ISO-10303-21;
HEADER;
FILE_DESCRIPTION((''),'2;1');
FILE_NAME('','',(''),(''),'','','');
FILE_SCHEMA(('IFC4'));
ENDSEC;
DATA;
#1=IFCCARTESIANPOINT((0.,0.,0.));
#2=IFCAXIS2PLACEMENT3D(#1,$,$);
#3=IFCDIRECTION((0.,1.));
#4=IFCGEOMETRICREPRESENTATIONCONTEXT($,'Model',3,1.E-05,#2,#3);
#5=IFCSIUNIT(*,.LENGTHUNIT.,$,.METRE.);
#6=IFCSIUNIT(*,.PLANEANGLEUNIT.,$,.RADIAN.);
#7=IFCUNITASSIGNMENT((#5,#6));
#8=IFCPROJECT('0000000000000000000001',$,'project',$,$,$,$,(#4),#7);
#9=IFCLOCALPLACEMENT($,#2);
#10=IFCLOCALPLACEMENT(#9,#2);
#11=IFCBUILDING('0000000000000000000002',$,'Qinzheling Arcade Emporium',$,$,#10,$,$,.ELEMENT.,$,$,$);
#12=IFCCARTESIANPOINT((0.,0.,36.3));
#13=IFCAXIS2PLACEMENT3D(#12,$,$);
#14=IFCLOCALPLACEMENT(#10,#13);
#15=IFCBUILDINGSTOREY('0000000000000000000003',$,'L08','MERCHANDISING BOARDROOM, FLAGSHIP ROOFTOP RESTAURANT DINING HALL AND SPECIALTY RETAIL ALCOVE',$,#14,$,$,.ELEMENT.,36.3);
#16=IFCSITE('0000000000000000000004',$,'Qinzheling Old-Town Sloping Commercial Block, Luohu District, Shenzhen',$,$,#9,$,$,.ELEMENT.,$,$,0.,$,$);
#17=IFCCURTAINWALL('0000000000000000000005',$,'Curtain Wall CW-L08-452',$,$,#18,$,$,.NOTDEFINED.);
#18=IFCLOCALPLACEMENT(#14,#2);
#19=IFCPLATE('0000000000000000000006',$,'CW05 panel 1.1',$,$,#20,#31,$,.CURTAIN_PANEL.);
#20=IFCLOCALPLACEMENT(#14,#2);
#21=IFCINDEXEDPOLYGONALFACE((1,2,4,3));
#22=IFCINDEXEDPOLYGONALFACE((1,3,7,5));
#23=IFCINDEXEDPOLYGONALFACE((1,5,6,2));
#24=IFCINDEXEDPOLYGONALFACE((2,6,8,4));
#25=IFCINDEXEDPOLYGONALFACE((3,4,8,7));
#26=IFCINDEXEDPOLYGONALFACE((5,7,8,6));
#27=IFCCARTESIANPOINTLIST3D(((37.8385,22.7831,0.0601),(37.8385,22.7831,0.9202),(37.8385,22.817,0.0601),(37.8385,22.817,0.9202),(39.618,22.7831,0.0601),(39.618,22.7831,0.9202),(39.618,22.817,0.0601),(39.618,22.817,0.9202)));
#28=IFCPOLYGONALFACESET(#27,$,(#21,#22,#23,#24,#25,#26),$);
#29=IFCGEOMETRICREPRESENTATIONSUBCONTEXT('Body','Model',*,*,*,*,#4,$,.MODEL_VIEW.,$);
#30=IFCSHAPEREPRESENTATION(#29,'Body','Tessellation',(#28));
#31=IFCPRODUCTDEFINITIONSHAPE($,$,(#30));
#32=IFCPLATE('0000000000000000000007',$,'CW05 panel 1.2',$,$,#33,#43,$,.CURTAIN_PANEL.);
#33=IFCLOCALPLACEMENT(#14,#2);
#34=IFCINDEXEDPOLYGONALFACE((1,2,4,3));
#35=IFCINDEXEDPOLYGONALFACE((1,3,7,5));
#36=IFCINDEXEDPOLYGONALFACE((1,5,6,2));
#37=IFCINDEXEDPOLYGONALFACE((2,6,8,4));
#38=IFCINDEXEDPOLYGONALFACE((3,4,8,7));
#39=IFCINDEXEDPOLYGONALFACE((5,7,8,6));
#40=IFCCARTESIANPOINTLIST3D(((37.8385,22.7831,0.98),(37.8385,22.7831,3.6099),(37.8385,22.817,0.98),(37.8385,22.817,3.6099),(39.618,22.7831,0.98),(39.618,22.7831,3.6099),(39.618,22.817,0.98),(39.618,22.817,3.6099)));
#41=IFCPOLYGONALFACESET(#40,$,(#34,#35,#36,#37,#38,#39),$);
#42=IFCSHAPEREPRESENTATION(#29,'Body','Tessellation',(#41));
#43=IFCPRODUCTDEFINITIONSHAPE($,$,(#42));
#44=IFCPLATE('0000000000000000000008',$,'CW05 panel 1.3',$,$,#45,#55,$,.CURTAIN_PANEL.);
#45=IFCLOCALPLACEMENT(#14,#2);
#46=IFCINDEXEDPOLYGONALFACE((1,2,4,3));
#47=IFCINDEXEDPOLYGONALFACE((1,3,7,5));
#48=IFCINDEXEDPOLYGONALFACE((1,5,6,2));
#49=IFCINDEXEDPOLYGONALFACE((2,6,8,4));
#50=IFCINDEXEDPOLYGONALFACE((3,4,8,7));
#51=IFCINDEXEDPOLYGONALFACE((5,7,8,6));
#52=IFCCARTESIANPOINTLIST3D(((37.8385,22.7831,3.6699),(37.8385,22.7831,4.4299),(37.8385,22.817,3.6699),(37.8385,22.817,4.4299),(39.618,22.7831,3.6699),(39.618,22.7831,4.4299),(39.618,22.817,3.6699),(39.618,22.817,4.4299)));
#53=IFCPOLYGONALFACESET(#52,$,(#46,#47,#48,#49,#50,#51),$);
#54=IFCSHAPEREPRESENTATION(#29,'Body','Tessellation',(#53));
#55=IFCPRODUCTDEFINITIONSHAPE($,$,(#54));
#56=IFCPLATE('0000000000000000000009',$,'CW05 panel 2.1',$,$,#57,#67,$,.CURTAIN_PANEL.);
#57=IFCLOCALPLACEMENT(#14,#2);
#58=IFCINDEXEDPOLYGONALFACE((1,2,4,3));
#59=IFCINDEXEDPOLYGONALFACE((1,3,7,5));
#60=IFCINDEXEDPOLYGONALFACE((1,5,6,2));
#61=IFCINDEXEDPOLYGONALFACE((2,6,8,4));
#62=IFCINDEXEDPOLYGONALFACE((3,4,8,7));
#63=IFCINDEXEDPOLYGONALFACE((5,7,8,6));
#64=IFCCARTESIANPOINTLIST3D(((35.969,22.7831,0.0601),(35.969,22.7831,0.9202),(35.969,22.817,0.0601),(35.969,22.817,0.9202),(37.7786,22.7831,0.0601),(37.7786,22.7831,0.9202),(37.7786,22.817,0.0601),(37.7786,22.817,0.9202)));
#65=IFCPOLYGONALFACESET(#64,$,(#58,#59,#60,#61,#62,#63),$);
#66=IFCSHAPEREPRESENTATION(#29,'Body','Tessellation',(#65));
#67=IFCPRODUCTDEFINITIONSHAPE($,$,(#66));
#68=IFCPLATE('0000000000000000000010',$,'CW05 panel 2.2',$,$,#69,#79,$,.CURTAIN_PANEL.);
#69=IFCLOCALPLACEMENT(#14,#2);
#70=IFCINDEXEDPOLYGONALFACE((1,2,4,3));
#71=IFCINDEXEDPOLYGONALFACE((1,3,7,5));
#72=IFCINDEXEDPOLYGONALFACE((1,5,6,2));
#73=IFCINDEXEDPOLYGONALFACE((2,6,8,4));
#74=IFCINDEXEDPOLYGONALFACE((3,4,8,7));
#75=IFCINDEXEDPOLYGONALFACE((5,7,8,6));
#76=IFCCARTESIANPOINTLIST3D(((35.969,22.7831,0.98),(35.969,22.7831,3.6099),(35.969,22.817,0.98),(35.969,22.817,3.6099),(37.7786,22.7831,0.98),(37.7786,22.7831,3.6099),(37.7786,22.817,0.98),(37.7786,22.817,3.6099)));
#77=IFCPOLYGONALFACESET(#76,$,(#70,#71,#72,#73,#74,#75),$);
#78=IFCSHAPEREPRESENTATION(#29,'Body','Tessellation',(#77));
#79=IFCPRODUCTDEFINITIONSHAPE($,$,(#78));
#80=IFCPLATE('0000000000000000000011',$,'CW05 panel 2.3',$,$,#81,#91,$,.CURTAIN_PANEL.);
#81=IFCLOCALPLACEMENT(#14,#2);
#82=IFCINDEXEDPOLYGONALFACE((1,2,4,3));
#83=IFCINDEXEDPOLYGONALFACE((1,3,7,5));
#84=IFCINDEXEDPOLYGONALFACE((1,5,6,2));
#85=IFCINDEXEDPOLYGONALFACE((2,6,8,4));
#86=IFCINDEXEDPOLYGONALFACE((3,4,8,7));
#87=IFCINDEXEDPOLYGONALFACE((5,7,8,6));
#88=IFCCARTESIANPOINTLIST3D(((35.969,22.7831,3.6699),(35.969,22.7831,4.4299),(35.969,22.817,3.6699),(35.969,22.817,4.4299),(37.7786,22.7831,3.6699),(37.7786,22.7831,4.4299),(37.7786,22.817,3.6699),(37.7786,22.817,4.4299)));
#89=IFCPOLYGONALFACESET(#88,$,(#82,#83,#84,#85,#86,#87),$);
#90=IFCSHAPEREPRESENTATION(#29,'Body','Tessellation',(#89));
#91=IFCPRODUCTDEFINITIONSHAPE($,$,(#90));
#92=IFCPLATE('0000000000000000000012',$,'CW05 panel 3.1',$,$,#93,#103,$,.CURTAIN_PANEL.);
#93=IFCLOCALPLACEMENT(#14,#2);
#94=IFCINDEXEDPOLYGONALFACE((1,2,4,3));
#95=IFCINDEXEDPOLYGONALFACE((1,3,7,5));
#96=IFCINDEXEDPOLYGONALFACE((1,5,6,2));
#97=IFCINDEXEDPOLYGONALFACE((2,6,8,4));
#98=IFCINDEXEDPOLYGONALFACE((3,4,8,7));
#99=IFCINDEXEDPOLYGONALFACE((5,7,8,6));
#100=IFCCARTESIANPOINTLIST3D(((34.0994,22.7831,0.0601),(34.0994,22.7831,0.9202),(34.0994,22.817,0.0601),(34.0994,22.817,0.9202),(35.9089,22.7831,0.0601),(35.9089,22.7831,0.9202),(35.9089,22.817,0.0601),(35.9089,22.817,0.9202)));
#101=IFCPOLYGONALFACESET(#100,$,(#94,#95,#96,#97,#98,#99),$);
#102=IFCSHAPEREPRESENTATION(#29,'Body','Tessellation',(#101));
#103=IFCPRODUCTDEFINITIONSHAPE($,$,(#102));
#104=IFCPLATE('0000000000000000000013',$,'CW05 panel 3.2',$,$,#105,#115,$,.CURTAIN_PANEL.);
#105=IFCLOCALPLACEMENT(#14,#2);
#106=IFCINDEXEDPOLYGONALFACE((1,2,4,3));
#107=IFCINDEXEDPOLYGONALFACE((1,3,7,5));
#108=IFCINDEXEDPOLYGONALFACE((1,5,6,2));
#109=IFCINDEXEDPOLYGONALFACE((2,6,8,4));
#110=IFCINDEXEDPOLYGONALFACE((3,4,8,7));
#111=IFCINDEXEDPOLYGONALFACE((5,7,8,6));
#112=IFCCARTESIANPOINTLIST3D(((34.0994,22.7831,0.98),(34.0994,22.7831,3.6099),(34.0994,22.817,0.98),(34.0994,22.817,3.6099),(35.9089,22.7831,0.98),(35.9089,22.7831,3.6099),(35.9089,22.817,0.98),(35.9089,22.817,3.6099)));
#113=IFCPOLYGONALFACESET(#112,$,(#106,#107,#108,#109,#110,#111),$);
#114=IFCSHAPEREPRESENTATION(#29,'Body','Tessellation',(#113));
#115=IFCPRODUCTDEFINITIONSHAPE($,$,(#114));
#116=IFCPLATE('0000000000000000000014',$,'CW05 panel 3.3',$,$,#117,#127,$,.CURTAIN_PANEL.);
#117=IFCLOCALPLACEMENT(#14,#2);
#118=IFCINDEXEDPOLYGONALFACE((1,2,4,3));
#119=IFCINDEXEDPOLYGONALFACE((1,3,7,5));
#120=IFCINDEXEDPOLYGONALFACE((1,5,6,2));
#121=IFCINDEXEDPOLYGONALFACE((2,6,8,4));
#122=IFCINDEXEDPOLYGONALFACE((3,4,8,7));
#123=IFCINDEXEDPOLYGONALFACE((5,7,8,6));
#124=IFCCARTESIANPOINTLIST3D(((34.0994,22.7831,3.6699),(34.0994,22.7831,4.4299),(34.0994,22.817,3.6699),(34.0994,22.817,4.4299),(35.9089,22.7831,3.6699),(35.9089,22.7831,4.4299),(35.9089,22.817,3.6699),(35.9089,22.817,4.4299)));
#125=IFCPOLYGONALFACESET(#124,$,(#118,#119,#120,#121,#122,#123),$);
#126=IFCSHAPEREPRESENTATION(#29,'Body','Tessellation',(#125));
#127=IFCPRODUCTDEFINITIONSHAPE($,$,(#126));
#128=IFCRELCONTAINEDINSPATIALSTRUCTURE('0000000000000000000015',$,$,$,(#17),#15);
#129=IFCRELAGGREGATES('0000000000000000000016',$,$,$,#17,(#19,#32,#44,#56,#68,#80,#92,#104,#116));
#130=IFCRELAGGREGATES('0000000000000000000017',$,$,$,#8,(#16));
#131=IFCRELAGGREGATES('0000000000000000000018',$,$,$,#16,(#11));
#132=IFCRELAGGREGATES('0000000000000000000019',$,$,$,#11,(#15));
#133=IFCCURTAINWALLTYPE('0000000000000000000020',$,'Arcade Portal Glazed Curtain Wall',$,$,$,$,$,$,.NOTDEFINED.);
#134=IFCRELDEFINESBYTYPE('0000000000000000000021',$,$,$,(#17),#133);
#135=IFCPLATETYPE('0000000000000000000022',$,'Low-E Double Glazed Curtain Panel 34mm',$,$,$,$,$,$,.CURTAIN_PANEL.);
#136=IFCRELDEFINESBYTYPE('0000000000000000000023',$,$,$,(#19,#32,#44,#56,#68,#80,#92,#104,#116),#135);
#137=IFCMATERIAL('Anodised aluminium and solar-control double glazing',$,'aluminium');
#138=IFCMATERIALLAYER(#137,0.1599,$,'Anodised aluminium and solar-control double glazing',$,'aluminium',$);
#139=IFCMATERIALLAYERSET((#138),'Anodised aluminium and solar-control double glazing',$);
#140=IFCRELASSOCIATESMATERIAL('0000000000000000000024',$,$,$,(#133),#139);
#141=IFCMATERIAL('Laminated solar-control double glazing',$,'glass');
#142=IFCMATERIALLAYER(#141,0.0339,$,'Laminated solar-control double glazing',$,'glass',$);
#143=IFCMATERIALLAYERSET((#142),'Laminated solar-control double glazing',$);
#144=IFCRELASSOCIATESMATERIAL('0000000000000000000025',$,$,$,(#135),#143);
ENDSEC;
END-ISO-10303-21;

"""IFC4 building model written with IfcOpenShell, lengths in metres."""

from ifc_helpers import new_model, si_unit, direction, frame, origin, origin_2d, place, context, subcontext, project, spatial, rectangle, extrude, material, layer, layer_set, type_object, element, aggregate, save


model = new_model("IFC4")

# Units and contexts
model_context = context("Model", 3, precision=1e-05, world=origin(), true_north=direction((0.0, 1.0)))
body_context = subcontext(model_context, "Body", "Model", "MODEL_VIEW")
ifc_project = project(units=[si_unit("LENGTHUNIT", "METRE"), si_unit("PLANEANGLEUNIT", "RADIAN")], contexts=[model_context])

# Site, building, storey
site_placement = place(None, origin())
site = spatial("IfcSite", under=ifc_project, at=site_placement, Name="Qinzheling Old-Town Sloping Commercial Block, Luohu District, Shenzhen", CompositionType="ELEMENT", RefElevation=0.0)
building_placement = place(site_placement, origin())
building = spatial("IfcBuilding", under=site, at=building_placement, Name="Qinzheling Arcade Emporium", CompositionType="ELEMENT")
storey_placement = place(building_placement, frame((0.0, 0.0, 36.3)))
storey = spatial("IfcBuildingStorey", under=building, at=storey_placement, Name="L08", Description="MERCHANDISING BOARDROOM, FLAGSHIP ROOFTOP RESTAURANT DINING HALL AND SPECIALTY RETAIL ALCOVE", CompositionType="ELEMENT", Elevation=36.3)

# Shared definitions
ifc_material_1 = material(Name="Anodised aluminium and solar-control double glazing", Category="aluminium")
ifc_layer_1 = layer(ifc_material_1, 0.1599, Name="Anodised aluminium and solar-control double glazing", Category="aluminium")
ifc_layer_set_1 = layer_set([ifc_layer_1], Name="Anodised aluminium and solar-control double glazing")
curtain_wall_type = type_object("IfcCurtainWallType", Name="Arcade Portal Glazed Curtain Wall", PredefinedType="NOTDEFINED", material=ifc_layer_set_1)

# Curtain wall
curtain_wall_1_placement = place(storey_placement, origin())
curtain_wall_1 = element("IfcCurtainWall", 1, at=curtain_wall_1_placement, inside=storey, type_object=curtain_wall_type, Name="Curtain Wall CW-L08-452", PredefinedType="NOTDEFINED")

# Plates
ifc_material_2 = material(Name="Laminated solar-control double glazing", Category="glass")
ifc_layer_2 = layer(ifc_material_2, 0.0339, Name="Laminated solar-control double glazing", Category="glass")
ifc_layer_set_2 = layer_set([ifc_layer_2], Name="Laminated solar-control double glazing")
plate_type_1 = type_object("IfcPlateType", Name="Low-E Double Glazed Curtain Panel 34mm", PredefinedType="CURTAIN_PANEL", material=ifc_layer_set_2)
plate_1_placement = place(storey_placement, frame((38.7283, 22.8, 0.0601), z_axis=(0.0, 0.0, 1.0), x_axis=(-1.0, 0.0, 0.0)))
plate_1 = element("IfcPlate", 2, at=plate_1_placement, type_object=plate_type_1, Name="CW05 panel 1.1", PredefinedType="CURTAIN_PANEL", context=body_context, shape_type="SweptSolid", body=[
    extrude(rectangle(XDim=1.7795, YDim=0.0339, at=origin_2d()), origin(), (0.0, 0.0, 1.0), 0.8601),
])
plate_2_placement = place(storey_placement, frame((38.7283, 22.8, 0.98), z_axis=(0.0, 0.0, 1.0), x_axis=(-1.0, 0.0, 0.0)))
plate_2 = element("IfcPlate", 3, at=plate_2_placement, type_object=plate_type_1, Name="CW05 panel 1.2", PredefinedType="CURTAIN_PANEL", context=body_context, shape_type="SweptSolid", body=[
    extrude(rectangle(XDim=1.7795, YDim=0.0339, at=origin_2d()), origin(), (0.0, 0.0, 1.0), 2.6299),
])
plate_3_placement = place(storey_placement, frame((38.7283, 22.8, 3.6699), z_axis=(0.0, 0.0, 1.0), x_axis=(-1.0, 0.0, 0.0)))
plate_3 = element("IfcPlate", 4, at=plate_3_placement, type_object=plate_type_1, Name="CW05 panel 1.3", PredefinedType="CURTAIN_PANEL", context=body_context, shape_type="SweptSolid", body=[
    extrude(rectangle(XDim=1.7795, YDim=0.0339, at=origin_2d()), origin(), (0.0, 0.0, 1.0), 0.76),
])
plate_4_placement = place(storey_placement, frame((36.8738, 22.8, 0.0601), z_axis=(0.0, 0.0, 1.0), x_axis=(-1.0, 0.0, 0.0)))
plate_4 = element("IfcPlate", 5, at=plate_4_placement, type_object=plate_type_1, Name="CW05 panel 2.1", PredefinedType="CURTAIN_PANEL", context=body_context, shape_type="SweptSolid", body=[
    extrude(rectangle(XDim=1.8096, YDim=0.0339, at=origin_2d()), origin(), (0.0, 0.0, 1.0), 0.8601),
])
plate_5_placement = place(storey_placement, frame((36.8738, 22.8, 0.98), z_axis=(0.0, 0.0, 1.0), x_axis=(-1.0, 0.0, 0.0)))
plate_5 = element("IfcPlate", 6, at=plate_5_placement, type_object=plate_type_1, Name="CW05 panel 2.2", PredefinedType="CURTAIN_PANEL", context=body_context, shape_type="SweptSolid", body=[
    extrude(rectangle(XDim=1.8096, YDim=0.0339, at=origin_2d()), origin(), (0.0, 0.0, 1.0), 2.6299),
])
plate_6_placement = place(storey_placement, frame((36.8738, 22.8, 3.6699), z_axis=(0.0, 0.0, 1.0), x_axis=(-1.0, 0.0, 0.0)))
plate_6 = element("IfcPlate", 7, at=plate_6_placement, type_object=plate_type_1, Name="CW05 panel 2.3", PredefinedType="CURTAIN_PANEL", context=body_context, shape_type="SweptSolid", body=[
    extrude(rectangle(XDim=1.8096, YDim=0.0339, at=origin_2d()), origin(), (0.0, 0.0, 1.0), 0.76),
])
plate_7_placement = place(storey_placement, frame((35.0042, 22.8, 0.0601), z_axis=(0.0, 0.0, 1.0), x_axis=(-1.0, 0.0, 0.0)))
plate_7 = element("IfcPlate", 8, at=plate_7_placement, type_object=plate_type_1, Name="CW05 panel 3.1", PredefinedType="CURTAIN_PANEL", context=body_context, shape_type="SweptSolid", body=[
    extrude(rectangle(XDim=1.8096, YDim=0.0339, at=origin_2d()), origin(), (0.0, 0.0, 1.0), 0.8601),
])
plate_8_placement = place(storey_placement, frame((35.0042, 22.8, 0.98), z_axis=(0.0, 0.0, 1.0), x_axis=(-1.0, 0.0, 0.0)))
plate_8 = element("IfcPlate", 9, at=plate_8_placement, type_object=plate_type_1, Name="CW05 panel 3.2", PredefinedType="CURTAIN_PANEL", context=body_context, shape_type="SweptSolid", body=[
    extrude(rectangle(XDim=1.8096, YDim=0.0339, at=origin_2d()), origin(), (0.0, 0.0, 1.0), 2.6299),
])
plate_9_placement = place(storey_placement, frame((35.0042, 22.8, 3.6699), z_axis=(0.0, 0.0, 1.0), x_axis=(-1.0, 0.0, 0.0)))
plate_9 = element("IfcPlate", 10, at=plate_9_placement, type_object=plate_type_1, Name="CW05 panel 3.3", PredefinedType="CURTAIN_PANEL", context=body_context, shape_type="SweptSolid", body=[
    extrude(rectangle(XDim=1.8096, YDim=0.0339, at=origin_2d()), origin(), (0.0, 0.0, 1.0), 0.76),
])
aggregate(curtain_wall_1, [plate_1, plate_2, plate_3, plate_4, plate_5, plate_6, plate_7, plate_8, plate_9])

save(model, "model.ifc")
